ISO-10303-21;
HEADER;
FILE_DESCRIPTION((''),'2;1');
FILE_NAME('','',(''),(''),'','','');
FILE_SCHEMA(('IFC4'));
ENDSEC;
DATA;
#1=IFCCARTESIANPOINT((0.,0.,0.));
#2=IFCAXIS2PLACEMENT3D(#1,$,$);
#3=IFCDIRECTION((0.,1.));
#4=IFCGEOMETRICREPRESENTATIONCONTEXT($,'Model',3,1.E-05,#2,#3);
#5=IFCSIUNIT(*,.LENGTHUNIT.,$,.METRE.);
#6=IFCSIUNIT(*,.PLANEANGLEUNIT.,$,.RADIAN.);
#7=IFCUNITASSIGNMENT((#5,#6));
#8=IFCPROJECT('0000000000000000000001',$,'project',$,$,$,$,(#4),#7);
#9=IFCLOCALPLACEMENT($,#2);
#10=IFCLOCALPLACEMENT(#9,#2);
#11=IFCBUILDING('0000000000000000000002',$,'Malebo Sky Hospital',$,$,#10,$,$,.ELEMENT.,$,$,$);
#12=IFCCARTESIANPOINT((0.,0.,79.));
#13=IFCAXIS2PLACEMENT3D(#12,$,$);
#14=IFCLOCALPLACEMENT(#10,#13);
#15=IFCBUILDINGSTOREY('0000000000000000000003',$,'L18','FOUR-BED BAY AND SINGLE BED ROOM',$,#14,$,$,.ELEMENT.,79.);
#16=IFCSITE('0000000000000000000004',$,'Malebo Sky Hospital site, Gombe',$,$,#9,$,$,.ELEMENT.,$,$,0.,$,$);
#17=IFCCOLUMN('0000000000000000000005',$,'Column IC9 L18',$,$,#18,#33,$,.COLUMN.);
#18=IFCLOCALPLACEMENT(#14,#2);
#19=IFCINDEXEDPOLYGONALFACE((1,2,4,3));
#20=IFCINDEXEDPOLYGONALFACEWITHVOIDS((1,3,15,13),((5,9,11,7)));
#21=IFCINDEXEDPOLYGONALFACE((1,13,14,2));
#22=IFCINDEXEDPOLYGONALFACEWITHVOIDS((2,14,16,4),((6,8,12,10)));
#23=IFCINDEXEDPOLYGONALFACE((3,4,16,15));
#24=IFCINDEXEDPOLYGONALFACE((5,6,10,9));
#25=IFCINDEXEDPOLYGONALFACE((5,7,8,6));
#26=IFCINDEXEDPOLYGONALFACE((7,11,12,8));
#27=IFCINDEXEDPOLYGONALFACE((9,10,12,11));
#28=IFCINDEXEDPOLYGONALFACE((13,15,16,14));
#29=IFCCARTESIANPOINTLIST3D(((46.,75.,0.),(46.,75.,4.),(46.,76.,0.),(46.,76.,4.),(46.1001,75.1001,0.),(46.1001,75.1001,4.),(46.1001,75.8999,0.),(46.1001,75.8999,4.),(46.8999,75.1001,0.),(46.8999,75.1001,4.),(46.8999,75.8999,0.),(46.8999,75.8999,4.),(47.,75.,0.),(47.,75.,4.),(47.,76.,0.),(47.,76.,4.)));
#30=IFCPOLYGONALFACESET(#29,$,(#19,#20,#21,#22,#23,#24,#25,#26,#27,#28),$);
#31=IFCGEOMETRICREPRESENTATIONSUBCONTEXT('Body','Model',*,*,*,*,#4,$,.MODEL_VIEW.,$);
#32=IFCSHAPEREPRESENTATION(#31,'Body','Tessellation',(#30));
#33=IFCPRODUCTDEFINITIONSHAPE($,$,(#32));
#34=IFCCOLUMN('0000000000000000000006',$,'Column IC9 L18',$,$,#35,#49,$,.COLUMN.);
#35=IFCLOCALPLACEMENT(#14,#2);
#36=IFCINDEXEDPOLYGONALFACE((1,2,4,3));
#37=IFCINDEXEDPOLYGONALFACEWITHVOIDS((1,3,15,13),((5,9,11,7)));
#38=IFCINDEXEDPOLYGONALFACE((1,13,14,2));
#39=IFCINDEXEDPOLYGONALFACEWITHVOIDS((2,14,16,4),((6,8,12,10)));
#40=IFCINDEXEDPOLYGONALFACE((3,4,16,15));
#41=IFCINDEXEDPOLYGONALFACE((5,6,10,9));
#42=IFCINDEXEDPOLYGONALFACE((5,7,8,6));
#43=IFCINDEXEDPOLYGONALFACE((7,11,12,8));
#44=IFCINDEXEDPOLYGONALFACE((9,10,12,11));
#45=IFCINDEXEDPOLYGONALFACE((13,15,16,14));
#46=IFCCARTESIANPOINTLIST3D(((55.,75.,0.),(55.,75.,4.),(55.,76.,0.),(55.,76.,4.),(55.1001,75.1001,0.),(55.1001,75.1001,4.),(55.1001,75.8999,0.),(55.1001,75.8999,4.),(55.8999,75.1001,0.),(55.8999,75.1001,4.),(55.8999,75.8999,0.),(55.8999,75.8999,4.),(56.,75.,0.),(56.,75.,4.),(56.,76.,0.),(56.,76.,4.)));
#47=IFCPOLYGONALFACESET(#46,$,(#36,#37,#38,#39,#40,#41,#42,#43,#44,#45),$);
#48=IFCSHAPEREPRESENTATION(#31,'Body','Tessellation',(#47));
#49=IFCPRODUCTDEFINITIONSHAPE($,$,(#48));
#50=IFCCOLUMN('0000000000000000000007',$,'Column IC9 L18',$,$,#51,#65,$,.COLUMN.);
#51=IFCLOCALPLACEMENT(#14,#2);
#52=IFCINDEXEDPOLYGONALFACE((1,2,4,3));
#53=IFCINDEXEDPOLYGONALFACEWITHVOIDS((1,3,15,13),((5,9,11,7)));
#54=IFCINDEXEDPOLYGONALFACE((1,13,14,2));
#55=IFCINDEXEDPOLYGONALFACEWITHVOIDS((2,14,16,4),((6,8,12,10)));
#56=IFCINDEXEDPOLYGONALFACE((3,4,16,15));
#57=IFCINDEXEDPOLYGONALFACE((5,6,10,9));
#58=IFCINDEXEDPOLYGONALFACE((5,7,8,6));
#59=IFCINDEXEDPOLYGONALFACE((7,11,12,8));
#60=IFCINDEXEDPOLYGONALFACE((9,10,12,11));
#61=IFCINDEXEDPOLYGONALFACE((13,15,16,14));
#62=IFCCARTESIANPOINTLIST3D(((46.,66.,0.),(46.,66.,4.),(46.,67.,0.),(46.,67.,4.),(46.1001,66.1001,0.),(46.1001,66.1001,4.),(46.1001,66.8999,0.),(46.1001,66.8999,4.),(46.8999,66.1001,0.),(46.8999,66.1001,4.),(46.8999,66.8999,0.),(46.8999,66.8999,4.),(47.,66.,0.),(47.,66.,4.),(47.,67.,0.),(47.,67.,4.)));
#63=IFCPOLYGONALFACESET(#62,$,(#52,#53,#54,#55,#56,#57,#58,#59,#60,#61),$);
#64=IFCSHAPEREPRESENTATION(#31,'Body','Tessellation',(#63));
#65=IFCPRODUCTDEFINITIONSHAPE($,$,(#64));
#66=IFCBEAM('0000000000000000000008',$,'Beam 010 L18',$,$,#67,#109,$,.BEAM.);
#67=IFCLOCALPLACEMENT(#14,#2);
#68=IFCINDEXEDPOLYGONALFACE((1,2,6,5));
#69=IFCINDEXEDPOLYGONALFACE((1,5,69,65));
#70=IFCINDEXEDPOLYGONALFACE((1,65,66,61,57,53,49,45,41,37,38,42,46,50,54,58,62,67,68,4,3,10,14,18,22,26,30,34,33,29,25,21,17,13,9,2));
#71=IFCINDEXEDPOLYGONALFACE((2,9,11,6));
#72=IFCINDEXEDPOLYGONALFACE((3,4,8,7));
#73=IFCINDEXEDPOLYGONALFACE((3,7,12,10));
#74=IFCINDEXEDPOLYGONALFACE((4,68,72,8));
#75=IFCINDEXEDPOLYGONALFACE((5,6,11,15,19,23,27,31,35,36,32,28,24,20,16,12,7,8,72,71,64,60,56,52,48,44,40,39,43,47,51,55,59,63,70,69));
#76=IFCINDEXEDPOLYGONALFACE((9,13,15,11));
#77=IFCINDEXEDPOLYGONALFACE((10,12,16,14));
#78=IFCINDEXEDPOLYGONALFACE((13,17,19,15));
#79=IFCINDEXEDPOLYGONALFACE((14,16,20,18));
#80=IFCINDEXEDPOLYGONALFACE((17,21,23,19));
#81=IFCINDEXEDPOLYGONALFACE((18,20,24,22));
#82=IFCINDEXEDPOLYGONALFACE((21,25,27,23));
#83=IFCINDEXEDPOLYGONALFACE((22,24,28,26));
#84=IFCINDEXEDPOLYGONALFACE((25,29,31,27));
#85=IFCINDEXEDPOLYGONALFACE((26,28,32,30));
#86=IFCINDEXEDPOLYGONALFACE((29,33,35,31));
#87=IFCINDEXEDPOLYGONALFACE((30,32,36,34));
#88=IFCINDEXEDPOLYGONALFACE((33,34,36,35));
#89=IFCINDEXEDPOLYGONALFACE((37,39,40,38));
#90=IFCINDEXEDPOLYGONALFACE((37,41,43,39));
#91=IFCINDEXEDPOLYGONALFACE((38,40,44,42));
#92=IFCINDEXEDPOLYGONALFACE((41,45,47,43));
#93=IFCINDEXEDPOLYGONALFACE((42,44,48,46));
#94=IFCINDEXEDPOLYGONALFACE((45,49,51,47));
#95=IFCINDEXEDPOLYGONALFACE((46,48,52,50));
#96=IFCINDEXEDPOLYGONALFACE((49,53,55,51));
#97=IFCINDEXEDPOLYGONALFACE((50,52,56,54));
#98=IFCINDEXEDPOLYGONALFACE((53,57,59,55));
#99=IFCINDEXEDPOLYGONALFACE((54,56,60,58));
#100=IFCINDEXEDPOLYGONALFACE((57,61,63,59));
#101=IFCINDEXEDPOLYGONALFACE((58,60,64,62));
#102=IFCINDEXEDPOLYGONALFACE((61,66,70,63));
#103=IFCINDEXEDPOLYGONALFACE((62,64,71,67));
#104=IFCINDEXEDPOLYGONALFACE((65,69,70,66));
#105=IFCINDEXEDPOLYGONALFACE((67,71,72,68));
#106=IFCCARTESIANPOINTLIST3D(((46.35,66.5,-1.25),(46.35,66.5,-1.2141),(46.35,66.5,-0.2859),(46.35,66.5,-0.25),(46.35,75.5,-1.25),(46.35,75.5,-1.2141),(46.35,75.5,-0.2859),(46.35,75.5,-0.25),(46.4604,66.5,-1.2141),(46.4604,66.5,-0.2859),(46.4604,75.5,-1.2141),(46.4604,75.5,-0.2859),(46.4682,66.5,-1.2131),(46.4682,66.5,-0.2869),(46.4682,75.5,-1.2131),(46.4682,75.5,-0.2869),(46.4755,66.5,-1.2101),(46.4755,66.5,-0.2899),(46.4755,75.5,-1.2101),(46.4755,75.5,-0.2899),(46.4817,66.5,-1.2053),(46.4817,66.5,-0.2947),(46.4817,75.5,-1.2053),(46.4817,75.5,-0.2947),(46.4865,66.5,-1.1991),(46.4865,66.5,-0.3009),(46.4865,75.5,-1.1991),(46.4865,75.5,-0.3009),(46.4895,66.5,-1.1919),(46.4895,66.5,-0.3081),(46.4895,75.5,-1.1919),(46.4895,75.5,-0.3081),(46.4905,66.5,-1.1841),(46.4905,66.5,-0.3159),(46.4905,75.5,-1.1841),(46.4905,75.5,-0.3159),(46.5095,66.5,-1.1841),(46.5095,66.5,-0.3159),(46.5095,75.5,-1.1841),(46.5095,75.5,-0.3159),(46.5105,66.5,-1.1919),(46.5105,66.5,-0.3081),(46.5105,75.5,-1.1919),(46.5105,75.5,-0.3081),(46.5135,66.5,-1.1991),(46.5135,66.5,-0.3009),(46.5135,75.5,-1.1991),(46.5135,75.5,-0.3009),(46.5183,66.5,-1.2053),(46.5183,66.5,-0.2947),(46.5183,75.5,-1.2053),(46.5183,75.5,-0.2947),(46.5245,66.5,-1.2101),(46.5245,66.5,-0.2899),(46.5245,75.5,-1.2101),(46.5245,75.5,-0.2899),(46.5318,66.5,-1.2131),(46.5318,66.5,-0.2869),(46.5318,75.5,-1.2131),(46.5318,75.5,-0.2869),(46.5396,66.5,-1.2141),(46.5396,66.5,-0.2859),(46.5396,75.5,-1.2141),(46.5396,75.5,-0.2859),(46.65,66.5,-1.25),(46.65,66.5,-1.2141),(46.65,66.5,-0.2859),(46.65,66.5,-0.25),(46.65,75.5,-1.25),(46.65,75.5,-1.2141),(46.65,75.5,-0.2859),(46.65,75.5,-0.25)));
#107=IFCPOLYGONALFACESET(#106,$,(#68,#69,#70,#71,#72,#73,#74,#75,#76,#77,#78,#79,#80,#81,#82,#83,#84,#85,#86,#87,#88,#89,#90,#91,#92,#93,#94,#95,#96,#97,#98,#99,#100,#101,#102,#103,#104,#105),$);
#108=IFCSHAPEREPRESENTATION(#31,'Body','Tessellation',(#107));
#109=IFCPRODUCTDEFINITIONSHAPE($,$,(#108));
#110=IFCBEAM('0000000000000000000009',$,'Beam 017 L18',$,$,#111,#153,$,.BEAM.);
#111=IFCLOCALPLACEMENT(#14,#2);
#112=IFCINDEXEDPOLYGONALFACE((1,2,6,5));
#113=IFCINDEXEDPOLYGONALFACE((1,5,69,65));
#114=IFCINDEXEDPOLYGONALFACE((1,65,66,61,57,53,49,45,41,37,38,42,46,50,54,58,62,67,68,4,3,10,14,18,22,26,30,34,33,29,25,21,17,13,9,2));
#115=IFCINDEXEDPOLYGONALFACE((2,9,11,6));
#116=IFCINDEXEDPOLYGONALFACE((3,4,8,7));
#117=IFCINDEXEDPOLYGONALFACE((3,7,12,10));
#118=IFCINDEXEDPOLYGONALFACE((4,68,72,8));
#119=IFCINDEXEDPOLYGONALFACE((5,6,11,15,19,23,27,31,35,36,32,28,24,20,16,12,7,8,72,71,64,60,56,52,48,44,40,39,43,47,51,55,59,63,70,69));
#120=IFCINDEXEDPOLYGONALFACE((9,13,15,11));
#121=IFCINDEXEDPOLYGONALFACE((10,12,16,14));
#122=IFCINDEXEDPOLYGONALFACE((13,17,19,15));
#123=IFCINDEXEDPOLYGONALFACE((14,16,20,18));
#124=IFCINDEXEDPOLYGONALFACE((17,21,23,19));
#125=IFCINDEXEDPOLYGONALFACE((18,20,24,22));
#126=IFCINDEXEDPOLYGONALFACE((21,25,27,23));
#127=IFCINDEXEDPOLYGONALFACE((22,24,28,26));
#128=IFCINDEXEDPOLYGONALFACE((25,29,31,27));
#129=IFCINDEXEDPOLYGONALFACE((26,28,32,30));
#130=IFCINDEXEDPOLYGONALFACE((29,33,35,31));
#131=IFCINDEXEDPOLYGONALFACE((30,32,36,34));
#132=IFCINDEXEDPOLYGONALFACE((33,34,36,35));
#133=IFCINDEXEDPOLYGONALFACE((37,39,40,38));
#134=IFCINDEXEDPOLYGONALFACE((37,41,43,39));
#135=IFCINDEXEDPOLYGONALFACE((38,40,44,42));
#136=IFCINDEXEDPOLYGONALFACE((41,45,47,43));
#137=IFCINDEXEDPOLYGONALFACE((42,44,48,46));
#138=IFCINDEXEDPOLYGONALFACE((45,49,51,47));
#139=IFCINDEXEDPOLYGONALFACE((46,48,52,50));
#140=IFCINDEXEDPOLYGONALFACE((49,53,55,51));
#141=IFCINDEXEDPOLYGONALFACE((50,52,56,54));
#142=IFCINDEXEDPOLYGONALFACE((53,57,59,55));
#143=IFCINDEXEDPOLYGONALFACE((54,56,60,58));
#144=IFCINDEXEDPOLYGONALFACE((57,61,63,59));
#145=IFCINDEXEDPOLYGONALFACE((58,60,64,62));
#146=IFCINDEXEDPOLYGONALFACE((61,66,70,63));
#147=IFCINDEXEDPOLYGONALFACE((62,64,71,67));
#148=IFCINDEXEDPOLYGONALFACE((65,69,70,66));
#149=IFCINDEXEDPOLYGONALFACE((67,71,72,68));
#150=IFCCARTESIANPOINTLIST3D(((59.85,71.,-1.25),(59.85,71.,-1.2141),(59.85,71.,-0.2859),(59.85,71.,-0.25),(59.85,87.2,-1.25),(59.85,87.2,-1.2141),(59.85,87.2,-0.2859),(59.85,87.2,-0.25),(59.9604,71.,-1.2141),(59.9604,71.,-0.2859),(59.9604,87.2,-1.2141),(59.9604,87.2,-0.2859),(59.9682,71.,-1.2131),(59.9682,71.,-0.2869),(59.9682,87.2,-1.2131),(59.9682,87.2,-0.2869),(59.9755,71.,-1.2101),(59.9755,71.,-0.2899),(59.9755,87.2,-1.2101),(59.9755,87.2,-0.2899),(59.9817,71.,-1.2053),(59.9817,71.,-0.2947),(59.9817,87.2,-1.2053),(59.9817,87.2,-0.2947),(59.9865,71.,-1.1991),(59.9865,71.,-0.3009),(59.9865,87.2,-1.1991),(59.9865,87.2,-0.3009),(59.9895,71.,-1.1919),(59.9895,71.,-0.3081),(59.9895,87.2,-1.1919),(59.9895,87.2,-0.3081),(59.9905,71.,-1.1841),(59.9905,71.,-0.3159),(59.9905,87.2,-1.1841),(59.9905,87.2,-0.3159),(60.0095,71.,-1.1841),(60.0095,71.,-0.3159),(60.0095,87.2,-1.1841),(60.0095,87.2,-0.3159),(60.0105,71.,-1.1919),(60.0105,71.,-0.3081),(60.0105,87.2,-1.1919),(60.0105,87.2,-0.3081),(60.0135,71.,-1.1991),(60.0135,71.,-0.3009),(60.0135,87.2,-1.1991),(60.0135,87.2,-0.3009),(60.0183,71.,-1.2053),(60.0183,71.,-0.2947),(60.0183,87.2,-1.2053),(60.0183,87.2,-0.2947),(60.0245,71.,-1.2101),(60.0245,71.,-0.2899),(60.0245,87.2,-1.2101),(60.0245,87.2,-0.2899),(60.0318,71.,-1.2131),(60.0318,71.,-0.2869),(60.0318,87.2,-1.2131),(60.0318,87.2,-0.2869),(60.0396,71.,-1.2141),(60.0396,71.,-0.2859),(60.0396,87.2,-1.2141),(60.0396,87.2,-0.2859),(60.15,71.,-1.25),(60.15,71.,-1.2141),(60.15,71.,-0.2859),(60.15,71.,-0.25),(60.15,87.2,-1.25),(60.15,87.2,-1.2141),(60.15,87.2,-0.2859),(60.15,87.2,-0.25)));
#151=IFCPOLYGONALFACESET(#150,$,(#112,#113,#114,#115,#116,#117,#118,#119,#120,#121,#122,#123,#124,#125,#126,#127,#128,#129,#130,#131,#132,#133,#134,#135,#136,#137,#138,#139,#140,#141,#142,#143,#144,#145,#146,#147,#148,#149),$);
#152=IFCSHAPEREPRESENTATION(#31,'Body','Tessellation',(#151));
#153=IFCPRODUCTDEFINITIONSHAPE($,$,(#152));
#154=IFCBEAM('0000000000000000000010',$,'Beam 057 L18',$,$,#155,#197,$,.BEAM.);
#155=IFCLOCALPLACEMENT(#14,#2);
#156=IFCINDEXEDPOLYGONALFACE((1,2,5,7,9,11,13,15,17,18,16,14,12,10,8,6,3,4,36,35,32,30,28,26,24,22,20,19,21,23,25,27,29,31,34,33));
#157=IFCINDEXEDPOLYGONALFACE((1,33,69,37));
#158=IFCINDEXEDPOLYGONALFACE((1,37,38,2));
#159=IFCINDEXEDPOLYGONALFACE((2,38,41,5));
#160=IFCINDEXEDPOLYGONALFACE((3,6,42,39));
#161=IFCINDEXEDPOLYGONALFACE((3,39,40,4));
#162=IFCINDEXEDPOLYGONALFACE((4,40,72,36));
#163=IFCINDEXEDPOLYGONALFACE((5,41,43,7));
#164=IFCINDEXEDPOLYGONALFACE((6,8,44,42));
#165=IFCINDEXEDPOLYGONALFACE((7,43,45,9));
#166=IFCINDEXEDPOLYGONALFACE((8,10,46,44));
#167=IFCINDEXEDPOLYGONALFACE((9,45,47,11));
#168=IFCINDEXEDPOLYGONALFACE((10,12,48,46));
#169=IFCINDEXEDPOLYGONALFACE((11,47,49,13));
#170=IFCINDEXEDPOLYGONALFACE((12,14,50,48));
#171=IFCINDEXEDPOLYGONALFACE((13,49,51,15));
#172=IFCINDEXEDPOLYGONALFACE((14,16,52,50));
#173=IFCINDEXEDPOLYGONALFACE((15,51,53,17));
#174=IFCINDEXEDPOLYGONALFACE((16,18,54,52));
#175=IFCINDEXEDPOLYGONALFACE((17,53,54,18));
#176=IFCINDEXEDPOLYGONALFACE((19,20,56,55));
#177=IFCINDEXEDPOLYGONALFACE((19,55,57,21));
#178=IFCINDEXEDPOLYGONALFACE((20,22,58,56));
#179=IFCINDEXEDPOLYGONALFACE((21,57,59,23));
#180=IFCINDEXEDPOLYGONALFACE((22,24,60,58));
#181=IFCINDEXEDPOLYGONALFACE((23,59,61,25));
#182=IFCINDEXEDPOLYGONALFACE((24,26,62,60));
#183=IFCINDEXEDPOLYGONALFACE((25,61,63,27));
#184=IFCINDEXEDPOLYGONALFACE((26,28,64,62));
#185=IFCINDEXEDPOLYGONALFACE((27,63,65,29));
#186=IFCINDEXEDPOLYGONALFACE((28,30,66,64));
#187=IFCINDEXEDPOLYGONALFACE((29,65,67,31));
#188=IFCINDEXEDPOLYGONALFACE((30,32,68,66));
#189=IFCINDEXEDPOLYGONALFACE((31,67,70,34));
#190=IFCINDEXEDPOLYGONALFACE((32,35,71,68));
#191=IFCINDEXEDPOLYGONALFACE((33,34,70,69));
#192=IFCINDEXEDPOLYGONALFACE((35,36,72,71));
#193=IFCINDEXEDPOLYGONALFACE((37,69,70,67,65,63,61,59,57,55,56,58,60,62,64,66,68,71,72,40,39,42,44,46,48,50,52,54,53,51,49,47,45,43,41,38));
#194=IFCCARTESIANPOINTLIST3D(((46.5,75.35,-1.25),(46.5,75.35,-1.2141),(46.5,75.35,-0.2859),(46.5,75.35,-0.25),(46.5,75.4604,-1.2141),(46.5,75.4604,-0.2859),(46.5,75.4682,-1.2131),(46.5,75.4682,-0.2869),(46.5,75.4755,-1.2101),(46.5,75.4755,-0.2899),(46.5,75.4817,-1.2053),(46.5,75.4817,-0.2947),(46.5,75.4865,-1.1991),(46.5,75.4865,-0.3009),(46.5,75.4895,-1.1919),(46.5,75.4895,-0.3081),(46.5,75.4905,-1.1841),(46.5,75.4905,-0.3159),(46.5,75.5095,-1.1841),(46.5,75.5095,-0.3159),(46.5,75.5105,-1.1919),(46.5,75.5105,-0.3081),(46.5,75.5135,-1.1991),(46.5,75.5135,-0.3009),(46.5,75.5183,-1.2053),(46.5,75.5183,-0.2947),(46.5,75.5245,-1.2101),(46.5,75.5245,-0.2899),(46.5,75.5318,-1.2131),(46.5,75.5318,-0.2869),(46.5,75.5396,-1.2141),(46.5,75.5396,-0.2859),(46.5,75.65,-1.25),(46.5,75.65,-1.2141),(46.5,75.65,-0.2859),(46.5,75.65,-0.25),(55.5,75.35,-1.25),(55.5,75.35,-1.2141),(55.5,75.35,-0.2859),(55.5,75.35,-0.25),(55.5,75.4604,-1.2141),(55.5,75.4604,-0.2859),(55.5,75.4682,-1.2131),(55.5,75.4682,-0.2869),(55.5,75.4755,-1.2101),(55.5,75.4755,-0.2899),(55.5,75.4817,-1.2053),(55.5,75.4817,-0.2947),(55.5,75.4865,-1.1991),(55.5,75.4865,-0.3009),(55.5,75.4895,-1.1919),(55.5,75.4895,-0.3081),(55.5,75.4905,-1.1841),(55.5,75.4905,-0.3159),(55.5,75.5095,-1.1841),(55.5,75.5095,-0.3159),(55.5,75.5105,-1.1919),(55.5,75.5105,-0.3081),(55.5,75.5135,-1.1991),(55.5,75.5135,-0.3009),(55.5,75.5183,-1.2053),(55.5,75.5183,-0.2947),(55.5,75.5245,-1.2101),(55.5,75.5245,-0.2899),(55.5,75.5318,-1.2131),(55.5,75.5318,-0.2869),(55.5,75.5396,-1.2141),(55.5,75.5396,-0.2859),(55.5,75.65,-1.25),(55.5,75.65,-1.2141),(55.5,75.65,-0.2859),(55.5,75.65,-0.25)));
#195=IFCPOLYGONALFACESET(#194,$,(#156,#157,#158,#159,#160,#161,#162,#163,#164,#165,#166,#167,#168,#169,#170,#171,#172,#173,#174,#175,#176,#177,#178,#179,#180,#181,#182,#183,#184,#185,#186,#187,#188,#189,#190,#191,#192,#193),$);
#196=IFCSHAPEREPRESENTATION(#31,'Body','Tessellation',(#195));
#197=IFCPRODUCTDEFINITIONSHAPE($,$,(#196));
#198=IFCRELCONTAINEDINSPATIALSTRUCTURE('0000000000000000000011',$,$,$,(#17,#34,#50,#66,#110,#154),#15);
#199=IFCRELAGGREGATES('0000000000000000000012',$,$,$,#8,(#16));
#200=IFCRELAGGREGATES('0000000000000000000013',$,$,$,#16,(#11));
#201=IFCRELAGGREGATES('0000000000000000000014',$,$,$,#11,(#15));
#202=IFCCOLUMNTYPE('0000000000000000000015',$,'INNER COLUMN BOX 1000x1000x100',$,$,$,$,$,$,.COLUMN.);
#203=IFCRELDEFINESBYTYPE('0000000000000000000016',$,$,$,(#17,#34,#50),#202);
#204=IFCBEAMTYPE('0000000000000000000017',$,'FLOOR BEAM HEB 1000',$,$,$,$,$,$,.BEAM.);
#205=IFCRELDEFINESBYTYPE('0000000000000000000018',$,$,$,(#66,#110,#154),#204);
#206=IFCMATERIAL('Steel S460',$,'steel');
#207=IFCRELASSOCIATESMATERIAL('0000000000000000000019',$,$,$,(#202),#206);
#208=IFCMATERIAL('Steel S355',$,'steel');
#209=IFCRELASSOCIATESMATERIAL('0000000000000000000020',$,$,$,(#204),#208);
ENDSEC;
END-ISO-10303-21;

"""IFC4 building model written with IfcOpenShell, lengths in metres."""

from ifc_helpers import new_model, si_unit, direction, frame, origin, origin_2d, place, context, subcontext, project, spatial, hollow_rectangle, i_section, extrude, material, material_profile, profile_set, type_object, element, save


model = new_model("IFC4")

# Units and contexts
model_context = context("Model", 3, precision=1e-05, world=origin(), true_north=direction((0.0, 1.0)))
body_context = subcontext(model_context, "Body", "Model", "MODEL_VIEW")
ifc_project = project(units=[si_unit("LENGTHUNIT", "METRE"), si_unit("PLANEANGLEUNIT", "RADIAN")], contexts=[model_context])

# Site, building, storey
site_placement = place(None, origin())
site = spatial("IfcSite", under=ifc_project, at=site_placement, Name="Malebo Sky Hospital site, Gombe", CompositionType="ELEMENT", RefElevation=0.0)
building_placement = place(site_placement, origin())
building = spatial("IfcBuilding", under=site, at=building_placement, Name="Malebo Sky Hospital", CompositionType="ELEMENT")
storey_placement = place(building_placement, frame((0.0, 0.0, 79.0)))
storey = spatial("IfcBuildingStorey", under=building, at=storey_placement, Name="L18", Description="FOUR-BED BAY AND SINGLE BED ROOM", CompositionType="ELEMENT", Elevation=79.0)

# Columns
ifc_material_1 = material(Name="Steel S460", Category="steel")
ifc_material_profile_1 = material_profile(ifc_material_1, hollow_rectangle(XDim=1.0, YDim=1.0, WallThickness=0.1001, at=origin_2d()), Name="BOX 1000x1000x100")
ifc_profile_set_1 = profile_set([ifc_material_profile_1], Name="Steel S460")
column_type = type_object("IfcColumnType", Name="INNER COLUMN BOX 1000x1000x100", PredefinedType="COLUMN", material=ifc_profile_set_1)
for number, where, z_axis, x_axis, name in (
    (1, (46.5, 75.5, 0.0), (0.0, 0.0, 1.0), (1.0, 0.0, 0.0), "Column IC9 L18"),
    (2, (55.5, 75.5, 0.0), (0.0, 0.0, 1.0), (1.0, 0.0, 0.0), "Column IC9 L18"),
    (3, (46.5, 66.5, 0.0), (0.0, 0.0, 1.0), (1.0, 0.0, 0.0), "Column IC9 L18"),
):
    element("IfcColumn", number, at=place(storey_placement, frame(where, z_axis=z_axis, x_axis=x_axis)), inside=storey, type_object=column_type, Name=name, PredefinedType="COLUMN", context=body_context, shape_type="SweptSolid", body=[
        extrude(hollow_rectangle(XDim=1.0, YDim=1.0, WallThickness=0.1001, at=origin_2d()), origin(), (0.0, 0.0, 1.0), 4.0),
    ])

# Beams
ifc_material_2 = material(Name="Steel S355", Category="steel")
ifc_material_profile_2 = material_profile(ifc_material_2, i_section(OverallWidth=0.3, OverallDepth=1.0, WebThickness=0.019, FlangeThickness=0.0359, FilletRadius=0.03, at=origin_2d()), Name="HEB 1000")
ifc_profile_set_2 = profile_set([ifc_material_profile_2], Name="Steel S355")
beam_type_1 = type_object("IfcBeamType", Name="FLOOR BEAM HEB 1000", PredefinedType="BEAM", material=ifc_profile_set_2)
beam_1_placement = place(storey_placement, frame((46.5, 66.5, -0.75), z_axis=(0.0, 1.0, 0.0), x_axis=(-1.0, 0.0, 0.0)))
element("IfcBeam", 4, at=beam_1_placement, inside=storey, type_object=beam_type_1, Name="Beam 010 L18", PredefinedType="BEAM", context=body_context, shape_type="SweptSolid", body=[
    extrude(i_section(OverallWidth=0.3, OverallDepth=1.0, WebThickness=0.019, FlangeThickness=0.0359, FilletRadius=0.03, at=origin_2d()), origin(), (0.0, 0.0, 1.0), 9.0),
])
beam_2_placement = place(storey_placement, frame((60.0, 71.0, -0.75), z_axis=(0.0, 1.0, 0.0), x_axis=(-1.0, 0.0, 0.0)))
element("IfcBeam", 5, at=beam_2_placement, inside=storey, type_object=beam_type_1, Name="Beam 017 L18", PredefinedType="BEAM", context=body_context, shape_type="SweptSolid", body=[
    extrude(i_section(OverallWidth=0.3, OverallDepth=1.0, WebThickness=0.019, FlangeThickness=0.0359, FilletRadius=0.03, at=origin_2d()), origin(), (0.0, 0.0, 1.0), 16.2),
])
beam_3_placement = place(storey_placement, frame((46.5, 75.5, -0.75), z_axis=(1.0, 0.0, 0.0), x_axis=(0.0, 1.0, 0.0)))
element("IfcBeam", 6, at=beam_3_placement, inside=storey, type_object=beam_type_1, Name="Beam 057 L18", PredefinedType="BEAM", context=body_context, shape_type="SweptSolid", body=[
    extrude(i_section(OverallWidth=0.3, OverallDepth=1.0, WebThickness=0.019, FlangeThickness=0.0359, FilletRadius=0.03, at=origin_2d()), origin(), (0.0, 0.0, 1.0), 9.0),
])

save(model, "model.ifc")
